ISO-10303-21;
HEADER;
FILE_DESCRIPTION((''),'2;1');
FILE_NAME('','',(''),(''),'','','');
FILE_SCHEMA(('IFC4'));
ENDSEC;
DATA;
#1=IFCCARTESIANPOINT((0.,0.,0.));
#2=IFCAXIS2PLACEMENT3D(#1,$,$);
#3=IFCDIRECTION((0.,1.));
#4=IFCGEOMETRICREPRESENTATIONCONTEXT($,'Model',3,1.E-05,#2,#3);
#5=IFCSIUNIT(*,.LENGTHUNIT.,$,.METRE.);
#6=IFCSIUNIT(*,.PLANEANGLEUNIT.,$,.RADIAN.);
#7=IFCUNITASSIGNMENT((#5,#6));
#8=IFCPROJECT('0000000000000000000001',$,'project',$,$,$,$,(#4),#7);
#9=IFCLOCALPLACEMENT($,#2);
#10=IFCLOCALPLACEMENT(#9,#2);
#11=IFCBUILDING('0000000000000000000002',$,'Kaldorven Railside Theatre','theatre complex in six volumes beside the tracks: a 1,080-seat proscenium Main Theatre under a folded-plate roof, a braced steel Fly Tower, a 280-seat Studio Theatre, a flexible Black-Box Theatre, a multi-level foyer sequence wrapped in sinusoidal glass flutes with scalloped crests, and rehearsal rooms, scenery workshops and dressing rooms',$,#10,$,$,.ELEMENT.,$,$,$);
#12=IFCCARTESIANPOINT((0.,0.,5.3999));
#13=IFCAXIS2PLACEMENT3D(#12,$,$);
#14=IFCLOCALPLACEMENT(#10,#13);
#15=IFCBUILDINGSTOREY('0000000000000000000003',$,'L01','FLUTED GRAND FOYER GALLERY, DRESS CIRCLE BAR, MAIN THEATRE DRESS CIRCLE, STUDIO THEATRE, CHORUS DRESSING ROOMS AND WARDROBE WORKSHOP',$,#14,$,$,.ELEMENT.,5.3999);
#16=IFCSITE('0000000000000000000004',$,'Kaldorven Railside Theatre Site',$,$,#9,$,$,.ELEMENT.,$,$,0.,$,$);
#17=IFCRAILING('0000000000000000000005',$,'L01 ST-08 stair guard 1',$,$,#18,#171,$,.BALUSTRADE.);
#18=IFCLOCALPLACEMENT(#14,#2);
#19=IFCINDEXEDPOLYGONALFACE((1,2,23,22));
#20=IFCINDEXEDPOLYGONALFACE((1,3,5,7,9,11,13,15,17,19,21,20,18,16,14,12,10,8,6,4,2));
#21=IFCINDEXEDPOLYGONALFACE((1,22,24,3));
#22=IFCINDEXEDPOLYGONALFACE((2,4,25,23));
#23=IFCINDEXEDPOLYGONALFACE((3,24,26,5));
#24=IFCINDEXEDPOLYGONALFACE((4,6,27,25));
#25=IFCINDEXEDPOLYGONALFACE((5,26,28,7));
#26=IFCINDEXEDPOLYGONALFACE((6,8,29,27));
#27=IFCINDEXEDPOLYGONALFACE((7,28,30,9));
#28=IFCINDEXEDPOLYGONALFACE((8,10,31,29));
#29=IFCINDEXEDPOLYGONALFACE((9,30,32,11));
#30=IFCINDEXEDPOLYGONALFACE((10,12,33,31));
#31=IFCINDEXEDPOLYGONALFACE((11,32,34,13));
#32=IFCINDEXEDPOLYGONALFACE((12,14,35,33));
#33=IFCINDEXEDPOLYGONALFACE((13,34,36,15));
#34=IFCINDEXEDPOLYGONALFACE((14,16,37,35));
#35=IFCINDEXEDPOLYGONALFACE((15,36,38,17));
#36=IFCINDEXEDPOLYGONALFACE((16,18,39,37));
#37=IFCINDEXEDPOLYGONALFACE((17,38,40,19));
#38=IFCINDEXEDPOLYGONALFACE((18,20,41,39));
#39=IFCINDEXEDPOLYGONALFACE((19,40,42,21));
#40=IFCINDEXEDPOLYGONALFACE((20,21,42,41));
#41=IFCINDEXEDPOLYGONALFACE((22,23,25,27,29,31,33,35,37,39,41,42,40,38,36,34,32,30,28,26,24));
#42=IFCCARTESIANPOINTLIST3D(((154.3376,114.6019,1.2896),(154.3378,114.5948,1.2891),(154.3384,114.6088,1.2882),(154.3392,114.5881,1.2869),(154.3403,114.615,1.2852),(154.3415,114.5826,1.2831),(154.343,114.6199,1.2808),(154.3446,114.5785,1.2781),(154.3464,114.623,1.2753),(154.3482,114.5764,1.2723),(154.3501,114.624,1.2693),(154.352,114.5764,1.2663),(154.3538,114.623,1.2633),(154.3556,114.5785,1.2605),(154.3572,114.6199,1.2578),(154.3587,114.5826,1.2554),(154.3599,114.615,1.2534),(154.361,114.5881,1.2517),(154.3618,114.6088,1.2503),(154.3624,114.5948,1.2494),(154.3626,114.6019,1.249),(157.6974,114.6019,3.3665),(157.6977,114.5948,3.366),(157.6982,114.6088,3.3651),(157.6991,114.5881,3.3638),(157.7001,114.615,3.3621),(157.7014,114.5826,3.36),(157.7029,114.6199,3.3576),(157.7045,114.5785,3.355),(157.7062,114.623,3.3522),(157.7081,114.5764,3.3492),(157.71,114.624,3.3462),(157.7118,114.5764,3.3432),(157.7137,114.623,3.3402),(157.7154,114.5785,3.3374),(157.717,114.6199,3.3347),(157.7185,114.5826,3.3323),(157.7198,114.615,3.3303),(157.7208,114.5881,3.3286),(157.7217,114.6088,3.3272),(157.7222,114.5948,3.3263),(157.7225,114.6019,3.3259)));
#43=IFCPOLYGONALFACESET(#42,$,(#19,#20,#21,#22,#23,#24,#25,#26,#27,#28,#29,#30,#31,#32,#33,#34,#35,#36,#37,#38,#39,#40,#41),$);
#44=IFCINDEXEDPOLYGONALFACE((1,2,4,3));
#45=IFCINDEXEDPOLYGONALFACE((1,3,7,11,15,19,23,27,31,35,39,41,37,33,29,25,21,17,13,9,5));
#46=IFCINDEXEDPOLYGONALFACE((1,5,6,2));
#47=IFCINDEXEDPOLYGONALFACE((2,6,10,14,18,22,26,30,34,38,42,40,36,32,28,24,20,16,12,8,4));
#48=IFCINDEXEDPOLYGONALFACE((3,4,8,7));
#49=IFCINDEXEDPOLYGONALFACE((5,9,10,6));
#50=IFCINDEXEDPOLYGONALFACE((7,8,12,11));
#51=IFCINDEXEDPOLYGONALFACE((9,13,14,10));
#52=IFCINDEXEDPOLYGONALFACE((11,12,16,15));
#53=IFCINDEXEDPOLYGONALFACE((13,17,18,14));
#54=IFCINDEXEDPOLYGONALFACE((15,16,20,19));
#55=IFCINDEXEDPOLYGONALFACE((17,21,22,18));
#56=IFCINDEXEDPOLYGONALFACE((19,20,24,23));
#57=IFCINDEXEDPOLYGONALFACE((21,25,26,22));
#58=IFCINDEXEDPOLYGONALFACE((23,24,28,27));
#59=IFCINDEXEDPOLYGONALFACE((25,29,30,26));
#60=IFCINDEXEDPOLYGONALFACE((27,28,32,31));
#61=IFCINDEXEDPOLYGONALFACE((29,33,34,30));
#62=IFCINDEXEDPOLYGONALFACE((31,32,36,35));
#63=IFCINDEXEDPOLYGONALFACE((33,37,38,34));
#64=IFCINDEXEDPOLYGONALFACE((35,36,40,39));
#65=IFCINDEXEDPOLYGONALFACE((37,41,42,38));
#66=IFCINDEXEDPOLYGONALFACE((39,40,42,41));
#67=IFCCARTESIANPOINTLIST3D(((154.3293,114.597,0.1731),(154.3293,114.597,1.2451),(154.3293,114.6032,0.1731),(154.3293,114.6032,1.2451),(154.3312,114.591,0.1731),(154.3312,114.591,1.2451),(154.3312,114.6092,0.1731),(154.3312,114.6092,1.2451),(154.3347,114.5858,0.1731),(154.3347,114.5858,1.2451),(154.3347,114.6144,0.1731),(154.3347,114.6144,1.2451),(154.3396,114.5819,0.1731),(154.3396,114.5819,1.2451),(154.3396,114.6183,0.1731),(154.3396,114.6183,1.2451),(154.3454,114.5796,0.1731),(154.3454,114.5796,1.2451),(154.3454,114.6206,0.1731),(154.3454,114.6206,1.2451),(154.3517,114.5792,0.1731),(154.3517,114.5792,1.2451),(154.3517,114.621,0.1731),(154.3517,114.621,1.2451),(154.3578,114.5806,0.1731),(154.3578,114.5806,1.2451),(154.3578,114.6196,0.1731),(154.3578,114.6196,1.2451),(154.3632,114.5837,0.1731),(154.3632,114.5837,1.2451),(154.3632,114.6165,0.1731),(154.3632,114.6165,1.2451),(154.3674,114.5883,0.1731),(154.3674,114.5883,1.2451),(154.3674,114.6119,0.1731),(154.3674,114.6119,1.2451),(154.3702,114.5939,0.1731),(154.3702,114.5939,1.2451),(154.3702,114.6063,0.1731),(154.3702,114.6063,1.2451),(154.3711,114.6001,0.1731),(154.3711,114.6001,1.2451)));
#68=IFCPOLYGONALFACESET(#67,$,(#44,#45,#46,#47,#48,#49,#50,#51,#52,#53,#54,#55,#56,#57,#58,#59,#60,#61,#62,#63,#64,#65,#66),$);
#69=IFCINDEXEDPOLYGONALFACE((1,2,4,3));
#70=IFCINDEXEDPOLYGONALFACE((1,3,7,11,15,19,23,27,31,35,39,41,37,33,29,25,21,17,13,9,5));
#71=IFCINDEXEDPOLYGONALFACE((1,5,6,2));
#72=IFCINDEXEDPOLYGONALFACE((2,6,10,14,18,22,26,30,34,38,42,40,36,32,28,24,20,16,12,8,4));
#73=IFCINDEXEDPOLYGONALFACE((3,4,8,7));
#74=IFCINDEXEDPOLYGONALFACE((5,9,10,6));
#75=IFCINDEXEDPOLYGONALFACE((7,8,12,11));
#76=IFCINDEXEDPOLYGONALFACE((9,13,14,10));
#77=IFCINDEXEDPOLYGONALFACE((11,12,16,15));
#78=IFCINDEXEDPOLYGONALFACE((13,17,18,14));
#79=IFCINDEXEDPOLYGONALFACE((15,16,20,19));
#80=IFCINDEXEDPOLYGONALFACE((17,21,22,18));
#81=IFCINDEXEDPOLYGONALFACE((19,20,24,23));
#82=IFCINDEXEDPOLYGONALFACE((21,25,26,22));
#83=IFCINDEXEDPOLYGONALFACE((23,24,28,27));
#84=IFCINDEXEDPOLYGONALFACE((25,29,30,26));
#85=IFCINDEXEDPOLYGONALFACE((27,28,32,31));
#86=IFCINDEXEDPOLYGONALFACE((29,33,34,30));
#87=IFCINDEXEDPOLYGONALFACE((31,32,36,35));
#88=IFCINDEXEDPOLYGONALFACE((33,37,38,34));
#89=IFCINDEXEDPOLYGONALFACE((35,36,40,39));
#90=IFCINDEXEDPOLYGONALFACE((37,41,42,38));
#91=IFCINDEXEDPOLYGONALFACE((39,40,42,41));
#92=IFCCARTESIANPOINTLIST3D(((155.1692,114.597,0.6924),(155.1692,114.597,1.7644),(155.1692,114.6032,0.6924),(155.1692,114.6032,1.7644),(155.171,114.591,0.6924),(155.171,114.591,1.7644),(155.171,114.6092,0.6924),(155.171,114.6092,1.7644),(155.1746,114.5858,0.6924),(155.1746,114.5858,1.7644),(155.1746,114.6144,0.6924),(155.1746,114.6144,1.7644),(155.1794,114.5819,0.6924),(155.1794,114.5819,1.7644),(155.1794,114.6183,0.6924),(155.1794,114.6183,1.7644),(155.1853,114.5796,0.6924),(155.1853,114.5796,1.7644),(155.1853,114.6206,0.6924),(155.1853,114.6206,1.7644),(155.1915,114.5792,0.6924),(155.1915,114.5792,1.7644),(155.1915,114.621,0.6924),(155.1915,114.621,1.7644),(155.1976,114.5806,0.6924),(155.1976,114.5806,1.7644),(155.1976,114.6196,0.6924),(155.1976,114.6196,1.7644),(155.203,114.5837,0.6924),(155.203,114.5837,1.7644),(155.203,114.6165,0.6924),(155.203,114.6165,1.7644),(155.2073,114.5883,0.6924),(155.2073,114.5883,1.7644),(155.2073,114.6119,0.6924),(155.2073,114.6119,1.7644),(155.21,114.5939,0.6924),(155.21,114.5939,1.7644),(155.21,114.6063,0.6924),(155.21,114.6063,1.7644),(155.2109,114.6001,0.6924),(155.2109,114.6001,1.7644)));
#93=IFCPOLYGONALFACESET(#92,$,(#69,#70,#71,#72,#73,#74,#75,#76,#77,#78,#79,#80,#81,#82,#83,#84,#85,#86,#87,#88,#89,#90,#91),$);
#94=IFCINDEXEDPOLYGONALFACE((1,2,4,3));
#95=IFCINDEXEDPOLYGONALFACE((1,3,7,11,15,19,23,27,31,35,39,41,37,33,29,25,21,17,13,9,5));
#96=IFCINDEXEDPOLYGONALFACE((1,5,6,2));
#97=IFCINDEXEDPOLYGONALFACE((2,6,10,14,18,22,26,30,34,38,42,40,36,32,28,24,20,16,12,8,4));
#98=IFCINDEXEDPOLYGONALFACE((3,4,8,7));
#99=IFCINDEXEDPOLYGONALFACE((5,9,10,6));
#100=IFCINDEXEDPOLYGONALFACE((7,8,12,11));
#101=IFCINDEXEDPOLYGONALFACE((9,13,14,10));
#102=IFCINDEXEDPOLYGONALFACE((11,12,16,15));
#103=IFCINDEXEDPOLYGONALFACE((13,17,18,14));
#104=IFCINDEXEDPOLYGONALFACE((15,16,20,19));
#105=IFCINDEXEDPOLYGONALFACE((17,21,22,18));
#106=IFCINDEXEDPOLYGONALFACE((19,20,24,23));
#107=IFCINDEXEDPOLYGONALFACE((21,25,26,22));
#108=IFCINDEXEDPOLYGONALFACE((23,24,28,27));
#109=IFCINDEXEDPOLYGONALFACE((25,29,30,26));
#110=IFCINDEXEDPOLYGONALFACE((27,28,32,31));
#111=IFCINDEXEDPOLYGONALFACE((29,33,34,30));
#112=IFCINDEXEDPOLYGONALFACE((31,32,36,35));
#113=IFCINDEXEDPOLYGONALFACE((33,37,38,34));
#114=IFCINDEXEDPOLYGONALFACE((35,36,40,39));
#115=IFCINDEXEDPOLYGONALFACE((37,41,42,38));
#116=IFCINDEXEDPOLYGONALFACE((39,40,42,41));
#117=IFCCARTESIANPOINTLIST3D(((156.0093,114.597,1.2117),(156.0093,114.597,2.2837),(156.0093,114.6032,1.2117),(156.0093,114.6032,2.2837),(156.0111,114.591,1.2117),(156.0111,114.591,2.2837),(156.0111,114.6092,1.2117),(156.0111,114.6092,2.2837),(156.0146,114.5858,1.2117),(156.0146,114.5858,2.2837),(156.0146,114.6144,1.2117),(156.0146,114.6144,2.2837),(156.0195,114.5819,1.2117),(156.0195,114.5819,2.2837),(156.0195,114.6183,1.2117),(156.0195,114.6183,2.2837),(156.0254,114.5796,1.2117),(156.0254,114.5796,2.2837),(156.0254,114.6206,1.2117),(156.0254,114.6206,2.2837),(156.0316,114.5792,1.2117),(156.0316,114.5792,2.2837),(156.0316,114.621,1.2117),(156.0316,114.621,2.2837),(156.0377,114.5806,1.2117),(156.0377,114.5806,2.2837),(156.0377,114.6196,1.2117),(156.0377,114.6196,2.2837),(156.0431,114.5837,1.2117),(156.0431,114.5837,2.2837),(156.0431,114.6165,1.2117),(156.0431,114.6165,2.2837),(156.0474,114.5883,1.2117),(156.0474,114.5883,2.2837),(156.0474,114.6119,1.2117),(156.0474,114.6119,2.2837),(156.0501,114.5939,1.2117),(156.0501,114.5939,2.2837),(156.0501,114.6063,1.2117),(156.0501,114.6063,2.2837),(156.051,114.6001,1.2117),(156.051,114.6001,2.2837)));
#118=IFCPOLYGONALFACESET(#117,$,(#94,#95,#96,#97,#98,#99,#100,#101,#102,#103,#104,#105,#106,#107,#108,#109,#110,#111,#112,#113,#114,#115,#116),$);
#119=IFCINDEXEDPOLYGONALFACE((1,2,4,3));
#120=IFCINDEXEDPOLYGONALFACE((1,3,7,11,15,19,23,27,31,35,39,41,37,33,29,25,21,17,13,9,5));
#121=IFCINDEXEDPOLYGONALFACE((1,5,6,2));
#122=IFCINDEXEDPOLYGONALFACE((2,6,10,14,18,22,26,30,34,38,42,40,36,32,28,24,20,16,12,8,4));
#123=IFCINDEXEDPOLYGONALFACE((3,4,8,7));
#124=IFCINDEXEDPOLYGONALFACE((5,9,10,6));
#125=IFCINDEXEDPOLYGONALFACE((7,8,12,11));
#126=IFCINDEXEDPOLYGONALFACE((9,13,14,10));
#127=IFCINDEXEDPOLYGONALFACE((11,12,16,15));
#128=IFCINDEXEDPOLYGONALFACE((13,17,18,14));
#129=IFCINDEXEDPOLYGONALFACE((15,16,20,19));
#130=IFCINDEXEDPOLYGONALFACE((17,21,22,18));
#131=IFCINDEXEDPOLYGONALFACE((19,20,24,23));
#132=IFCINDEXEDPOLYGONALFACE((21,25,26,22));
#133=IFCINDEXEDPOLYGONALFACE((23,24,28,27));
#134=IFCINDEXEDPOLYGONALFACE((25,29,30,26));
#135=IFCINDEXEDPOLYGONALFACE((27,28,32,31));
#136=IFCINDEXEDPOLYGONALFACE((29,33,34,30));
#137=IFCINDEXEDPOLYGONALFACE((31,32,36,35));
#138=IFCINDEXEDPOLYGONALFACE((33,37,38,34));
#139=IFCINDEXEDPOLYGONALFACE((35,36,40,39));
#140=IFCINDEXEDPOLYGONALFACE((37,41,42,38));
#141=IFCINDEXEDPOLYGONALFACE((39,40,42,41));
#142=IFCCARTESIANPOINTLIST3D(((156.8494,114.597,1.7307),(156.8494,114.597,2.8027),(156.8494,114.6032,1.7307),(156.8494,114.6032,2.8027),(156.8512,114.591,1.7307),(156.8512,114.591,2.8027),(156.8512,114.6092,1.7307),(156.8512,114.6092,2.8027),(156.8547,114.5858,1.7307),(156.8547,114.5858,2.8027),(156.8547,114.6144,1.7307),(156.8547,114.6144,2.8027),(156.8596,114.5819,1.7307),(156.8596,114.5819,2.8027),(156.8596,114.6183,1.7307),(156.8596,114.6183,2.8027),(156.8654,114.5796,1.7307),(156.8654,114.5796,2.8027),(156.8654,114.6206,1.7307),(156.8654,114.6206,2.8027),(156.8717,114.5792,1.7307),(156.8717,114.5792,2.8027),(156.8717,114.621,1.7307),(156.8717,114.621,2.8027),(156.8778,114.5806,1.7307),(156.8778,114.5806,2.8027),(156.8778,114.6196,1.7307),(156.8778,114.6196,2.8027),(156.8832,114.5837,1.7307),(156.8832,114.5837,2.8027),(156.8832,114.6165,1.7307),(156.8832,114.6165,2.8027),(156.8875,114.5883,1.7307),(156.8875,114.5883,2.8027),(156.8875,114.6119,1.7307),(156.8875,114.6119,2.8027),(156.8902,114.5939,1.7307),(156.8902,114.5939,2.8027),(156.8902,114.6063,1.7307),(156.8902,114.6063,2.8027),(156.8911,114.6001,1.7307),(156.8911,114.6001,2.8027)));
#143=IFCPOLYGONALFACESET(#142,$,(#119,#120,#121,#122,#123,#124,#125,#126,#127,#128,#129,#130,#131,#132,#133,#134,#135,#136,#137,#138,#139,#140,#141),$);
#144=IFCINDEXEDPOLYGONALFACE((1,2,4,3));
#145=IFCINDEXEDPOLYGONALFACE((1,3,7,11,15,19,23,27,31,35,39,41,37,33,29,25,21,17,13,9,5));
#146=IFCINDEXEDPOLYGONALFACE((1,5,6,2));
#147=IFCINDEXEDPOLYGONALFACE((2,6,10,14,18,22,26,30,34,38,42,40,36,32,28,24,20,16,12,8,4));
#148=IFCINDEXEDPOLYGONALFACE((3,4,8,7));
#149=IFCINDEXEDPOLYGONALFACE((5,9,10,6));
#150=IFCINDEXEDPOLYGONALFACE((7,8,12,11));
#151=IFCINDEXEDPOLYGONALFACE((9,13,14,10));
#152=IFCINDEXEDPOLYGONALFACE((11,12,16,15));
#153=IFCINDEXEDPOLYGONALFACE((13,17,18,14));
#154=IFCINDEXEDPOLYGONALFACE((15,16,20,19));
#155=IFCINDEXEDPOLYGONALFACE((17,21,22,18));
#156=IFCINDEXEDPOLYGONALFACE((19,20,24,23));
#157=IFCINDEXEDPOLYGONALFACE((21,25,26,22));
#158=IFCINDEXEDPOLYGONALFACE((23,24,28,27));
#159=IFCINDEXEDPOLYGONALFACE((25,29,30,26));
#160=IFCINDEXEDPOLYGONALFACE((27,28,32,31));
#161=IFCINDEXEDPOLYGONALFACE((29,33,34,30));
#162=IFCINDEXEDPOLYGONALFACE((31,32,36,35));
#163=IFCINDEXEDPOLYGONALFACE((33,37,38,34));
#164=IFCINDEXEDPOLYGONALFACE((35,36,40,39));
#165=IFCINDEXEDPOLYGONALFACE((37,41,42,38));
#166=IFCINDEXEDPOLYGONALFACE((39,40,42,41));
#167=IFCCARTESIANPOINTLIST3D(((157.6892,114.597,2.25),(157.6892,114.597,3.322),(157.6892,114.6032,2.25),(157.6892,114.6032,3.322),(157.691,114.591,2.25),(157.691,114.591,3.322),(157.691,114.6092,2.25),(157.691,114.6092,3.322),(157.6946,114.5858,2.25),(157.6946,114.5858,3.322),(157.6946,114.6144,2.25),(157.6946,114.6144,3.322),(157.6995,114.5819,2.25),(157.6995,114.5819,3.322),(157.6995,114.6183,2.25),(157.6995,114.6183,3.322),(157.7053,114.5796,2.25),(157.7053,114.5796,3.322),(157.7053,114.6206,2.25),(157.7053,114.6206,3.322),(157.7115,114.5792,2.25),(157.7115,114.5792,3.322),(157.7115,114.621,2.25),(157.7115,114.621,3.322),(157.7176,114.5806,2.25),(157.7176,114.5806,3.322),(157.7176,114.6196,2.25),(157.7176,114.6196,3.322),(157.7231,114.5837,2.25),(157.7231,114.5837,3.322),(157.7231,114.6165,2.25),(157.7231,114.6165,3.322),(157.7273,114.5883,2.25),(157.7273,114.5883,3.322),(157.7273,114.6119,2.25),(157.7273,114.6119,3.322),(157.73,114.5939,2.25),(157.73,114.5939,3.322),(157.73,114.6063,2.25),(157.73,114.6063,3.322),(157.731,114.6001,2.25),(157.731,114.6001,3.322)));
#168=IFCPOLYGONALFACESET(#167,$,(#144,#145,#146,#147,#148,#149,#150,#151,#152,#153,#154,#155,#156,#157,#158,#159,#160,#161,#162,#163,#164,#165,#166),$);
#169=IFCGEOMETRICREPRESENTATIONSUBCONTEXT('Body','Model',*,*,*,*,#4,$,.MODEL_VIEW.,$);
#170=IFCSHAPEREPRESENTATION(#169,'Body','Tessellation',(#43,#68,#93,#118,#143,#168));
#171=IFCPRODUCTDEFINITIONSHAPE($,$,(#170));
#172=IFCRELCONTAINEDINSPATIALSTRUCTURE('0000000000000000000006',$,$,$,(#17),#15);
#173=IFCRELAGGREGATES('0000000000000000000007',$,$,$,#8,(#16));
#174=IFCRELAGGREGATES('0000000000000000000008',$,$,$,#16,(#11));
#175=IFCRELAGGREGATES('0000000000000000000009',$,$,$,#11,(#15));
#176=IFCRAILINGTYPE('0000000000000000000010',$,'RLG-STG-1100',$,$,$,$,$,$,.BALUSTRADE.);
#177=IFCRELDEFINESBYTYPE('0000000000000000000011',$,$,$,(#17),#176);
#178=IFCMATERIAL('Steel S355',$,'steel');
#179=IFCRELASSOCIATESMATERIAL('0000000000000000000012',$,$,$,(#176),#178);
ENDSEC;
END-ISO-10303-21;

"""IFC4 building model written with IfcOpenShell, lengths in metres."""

from ifc_helpers import new_model, si_unit, direction, frame, origin, origin_2d, place, context, subcontext, project, spatial, circle, extrude, material, type_object, element, save


model = new_model("IFC4")

# Units and contexts
model_context = context("Model", 3, precision=1e-05, world=origin(), true_north=direction((0.0, 1.0)))
body_context = subcontext(model_context, "Body", "Model", "MODEL_VIEW")
ifc_project = project(units=[si_unit("LENGTHUNIT", "METRE"), si_unit("PLANEANGLEUNIT", "RADIAN")], contexts=[model_context])

# Site, building, storey
site_placement = place(None, origin())
site = spatial("IfcSite", under=ifc_project, at=site_placement, Name="Kaldorven Railside Theatre Site", CompositionType="ELEMENT", RefElevation=0.0)
building_placement = place(site_placement, origin())
building = spatial("IfcBuilding", under=site, at=building_placement, Name="Kaldorven Railside Theatre", Description="theatre complex in six volumes beside the tracks: a 1,080-seat proscenium Main Theatre under a folded-plate roof, a braced steel Fly Tower, a 280-seat Studio Theatre, a flexible Black-Box Theatre, a multi-level foyer sequence wrapped in sinusoidal glass flutes with scalloped crests, and rehearsal rooms, scenery workshops and dressing rooms", CompositionType="ELEMENT")
storey_placement = place(building_placement, frame((0.0, 0.0, 5.3999)))
storey = spatial("IfcBuildingStorey", under=building, at=storey_placement, Name="L01", Description="FLUTED GRAND FOYER GALLERY, DRESS CIRCLE BAR, MAIN THEATRE DRESS CIRCLE, STUDIO THEATRE, CHORUS DRESSING ROOMS AND WARDROBE WORKSHOP", CompositionType="ELEMENT", Elevation=5.3999)

# Shared definitions
ifc_material_1 = material(Name="Steel S355", Category="steel")

# Railing
railing_type_1 = type_object("IfcRailingType", Name="RLG-STG-1100", PredefinedType="BALUSTRADE", material=ifc_material_1)
railing_1_placement = place(storey_placement, frame((154.3501, 114.6001, 0.1731)))
element("IfcRailing", 1, at=railing_1_placement, inside=storey, type_object=railing_type_1, Name="L01 ST-08 stair guard 1", PredefinedType="BALUSTRADE", context=body_context, shape_type="SweptSolid", body=[
    extrude(circle(Radius=0.0239, at=origin_2d()), frame((0.0, 0.0, 1.0962), z_axis=(0.850606, 0.0, 0.525803), x_axis=(0.0, 1.0, 0.0)), (0.0, 0.0, 1.0), 3.95),
    extrude(circle(Radius=0.021, at=origin_2d()), origin(), (0.0, 0.0, 1.0), 1.072),
    extrude(circle(Radius=0.021, at=origin_2d()), frame((0.8398, 0.0, 0.5193)), (0.0, 0.0, 1.0), 1.072),
    extrude(circle(Radius=0.021, at=origin_2d()), frame((1.6799, 0.0, 1.0386)), (0.0, 0.0, 1.0), 1.072),
    extrude(circle(Radius=0.021, at=origin_2d()), frame((2.52, 0.0, 1.5576)), (0.0, 0.0, 1.0), 1.072),
    extrude(circle(Radius=0.021, at=origin_2d()), frame((3.3599, 0.0, 2.0769)), (0.0, 0.0, 1.0), 1.072),
])

save(model, "model.ifc")
